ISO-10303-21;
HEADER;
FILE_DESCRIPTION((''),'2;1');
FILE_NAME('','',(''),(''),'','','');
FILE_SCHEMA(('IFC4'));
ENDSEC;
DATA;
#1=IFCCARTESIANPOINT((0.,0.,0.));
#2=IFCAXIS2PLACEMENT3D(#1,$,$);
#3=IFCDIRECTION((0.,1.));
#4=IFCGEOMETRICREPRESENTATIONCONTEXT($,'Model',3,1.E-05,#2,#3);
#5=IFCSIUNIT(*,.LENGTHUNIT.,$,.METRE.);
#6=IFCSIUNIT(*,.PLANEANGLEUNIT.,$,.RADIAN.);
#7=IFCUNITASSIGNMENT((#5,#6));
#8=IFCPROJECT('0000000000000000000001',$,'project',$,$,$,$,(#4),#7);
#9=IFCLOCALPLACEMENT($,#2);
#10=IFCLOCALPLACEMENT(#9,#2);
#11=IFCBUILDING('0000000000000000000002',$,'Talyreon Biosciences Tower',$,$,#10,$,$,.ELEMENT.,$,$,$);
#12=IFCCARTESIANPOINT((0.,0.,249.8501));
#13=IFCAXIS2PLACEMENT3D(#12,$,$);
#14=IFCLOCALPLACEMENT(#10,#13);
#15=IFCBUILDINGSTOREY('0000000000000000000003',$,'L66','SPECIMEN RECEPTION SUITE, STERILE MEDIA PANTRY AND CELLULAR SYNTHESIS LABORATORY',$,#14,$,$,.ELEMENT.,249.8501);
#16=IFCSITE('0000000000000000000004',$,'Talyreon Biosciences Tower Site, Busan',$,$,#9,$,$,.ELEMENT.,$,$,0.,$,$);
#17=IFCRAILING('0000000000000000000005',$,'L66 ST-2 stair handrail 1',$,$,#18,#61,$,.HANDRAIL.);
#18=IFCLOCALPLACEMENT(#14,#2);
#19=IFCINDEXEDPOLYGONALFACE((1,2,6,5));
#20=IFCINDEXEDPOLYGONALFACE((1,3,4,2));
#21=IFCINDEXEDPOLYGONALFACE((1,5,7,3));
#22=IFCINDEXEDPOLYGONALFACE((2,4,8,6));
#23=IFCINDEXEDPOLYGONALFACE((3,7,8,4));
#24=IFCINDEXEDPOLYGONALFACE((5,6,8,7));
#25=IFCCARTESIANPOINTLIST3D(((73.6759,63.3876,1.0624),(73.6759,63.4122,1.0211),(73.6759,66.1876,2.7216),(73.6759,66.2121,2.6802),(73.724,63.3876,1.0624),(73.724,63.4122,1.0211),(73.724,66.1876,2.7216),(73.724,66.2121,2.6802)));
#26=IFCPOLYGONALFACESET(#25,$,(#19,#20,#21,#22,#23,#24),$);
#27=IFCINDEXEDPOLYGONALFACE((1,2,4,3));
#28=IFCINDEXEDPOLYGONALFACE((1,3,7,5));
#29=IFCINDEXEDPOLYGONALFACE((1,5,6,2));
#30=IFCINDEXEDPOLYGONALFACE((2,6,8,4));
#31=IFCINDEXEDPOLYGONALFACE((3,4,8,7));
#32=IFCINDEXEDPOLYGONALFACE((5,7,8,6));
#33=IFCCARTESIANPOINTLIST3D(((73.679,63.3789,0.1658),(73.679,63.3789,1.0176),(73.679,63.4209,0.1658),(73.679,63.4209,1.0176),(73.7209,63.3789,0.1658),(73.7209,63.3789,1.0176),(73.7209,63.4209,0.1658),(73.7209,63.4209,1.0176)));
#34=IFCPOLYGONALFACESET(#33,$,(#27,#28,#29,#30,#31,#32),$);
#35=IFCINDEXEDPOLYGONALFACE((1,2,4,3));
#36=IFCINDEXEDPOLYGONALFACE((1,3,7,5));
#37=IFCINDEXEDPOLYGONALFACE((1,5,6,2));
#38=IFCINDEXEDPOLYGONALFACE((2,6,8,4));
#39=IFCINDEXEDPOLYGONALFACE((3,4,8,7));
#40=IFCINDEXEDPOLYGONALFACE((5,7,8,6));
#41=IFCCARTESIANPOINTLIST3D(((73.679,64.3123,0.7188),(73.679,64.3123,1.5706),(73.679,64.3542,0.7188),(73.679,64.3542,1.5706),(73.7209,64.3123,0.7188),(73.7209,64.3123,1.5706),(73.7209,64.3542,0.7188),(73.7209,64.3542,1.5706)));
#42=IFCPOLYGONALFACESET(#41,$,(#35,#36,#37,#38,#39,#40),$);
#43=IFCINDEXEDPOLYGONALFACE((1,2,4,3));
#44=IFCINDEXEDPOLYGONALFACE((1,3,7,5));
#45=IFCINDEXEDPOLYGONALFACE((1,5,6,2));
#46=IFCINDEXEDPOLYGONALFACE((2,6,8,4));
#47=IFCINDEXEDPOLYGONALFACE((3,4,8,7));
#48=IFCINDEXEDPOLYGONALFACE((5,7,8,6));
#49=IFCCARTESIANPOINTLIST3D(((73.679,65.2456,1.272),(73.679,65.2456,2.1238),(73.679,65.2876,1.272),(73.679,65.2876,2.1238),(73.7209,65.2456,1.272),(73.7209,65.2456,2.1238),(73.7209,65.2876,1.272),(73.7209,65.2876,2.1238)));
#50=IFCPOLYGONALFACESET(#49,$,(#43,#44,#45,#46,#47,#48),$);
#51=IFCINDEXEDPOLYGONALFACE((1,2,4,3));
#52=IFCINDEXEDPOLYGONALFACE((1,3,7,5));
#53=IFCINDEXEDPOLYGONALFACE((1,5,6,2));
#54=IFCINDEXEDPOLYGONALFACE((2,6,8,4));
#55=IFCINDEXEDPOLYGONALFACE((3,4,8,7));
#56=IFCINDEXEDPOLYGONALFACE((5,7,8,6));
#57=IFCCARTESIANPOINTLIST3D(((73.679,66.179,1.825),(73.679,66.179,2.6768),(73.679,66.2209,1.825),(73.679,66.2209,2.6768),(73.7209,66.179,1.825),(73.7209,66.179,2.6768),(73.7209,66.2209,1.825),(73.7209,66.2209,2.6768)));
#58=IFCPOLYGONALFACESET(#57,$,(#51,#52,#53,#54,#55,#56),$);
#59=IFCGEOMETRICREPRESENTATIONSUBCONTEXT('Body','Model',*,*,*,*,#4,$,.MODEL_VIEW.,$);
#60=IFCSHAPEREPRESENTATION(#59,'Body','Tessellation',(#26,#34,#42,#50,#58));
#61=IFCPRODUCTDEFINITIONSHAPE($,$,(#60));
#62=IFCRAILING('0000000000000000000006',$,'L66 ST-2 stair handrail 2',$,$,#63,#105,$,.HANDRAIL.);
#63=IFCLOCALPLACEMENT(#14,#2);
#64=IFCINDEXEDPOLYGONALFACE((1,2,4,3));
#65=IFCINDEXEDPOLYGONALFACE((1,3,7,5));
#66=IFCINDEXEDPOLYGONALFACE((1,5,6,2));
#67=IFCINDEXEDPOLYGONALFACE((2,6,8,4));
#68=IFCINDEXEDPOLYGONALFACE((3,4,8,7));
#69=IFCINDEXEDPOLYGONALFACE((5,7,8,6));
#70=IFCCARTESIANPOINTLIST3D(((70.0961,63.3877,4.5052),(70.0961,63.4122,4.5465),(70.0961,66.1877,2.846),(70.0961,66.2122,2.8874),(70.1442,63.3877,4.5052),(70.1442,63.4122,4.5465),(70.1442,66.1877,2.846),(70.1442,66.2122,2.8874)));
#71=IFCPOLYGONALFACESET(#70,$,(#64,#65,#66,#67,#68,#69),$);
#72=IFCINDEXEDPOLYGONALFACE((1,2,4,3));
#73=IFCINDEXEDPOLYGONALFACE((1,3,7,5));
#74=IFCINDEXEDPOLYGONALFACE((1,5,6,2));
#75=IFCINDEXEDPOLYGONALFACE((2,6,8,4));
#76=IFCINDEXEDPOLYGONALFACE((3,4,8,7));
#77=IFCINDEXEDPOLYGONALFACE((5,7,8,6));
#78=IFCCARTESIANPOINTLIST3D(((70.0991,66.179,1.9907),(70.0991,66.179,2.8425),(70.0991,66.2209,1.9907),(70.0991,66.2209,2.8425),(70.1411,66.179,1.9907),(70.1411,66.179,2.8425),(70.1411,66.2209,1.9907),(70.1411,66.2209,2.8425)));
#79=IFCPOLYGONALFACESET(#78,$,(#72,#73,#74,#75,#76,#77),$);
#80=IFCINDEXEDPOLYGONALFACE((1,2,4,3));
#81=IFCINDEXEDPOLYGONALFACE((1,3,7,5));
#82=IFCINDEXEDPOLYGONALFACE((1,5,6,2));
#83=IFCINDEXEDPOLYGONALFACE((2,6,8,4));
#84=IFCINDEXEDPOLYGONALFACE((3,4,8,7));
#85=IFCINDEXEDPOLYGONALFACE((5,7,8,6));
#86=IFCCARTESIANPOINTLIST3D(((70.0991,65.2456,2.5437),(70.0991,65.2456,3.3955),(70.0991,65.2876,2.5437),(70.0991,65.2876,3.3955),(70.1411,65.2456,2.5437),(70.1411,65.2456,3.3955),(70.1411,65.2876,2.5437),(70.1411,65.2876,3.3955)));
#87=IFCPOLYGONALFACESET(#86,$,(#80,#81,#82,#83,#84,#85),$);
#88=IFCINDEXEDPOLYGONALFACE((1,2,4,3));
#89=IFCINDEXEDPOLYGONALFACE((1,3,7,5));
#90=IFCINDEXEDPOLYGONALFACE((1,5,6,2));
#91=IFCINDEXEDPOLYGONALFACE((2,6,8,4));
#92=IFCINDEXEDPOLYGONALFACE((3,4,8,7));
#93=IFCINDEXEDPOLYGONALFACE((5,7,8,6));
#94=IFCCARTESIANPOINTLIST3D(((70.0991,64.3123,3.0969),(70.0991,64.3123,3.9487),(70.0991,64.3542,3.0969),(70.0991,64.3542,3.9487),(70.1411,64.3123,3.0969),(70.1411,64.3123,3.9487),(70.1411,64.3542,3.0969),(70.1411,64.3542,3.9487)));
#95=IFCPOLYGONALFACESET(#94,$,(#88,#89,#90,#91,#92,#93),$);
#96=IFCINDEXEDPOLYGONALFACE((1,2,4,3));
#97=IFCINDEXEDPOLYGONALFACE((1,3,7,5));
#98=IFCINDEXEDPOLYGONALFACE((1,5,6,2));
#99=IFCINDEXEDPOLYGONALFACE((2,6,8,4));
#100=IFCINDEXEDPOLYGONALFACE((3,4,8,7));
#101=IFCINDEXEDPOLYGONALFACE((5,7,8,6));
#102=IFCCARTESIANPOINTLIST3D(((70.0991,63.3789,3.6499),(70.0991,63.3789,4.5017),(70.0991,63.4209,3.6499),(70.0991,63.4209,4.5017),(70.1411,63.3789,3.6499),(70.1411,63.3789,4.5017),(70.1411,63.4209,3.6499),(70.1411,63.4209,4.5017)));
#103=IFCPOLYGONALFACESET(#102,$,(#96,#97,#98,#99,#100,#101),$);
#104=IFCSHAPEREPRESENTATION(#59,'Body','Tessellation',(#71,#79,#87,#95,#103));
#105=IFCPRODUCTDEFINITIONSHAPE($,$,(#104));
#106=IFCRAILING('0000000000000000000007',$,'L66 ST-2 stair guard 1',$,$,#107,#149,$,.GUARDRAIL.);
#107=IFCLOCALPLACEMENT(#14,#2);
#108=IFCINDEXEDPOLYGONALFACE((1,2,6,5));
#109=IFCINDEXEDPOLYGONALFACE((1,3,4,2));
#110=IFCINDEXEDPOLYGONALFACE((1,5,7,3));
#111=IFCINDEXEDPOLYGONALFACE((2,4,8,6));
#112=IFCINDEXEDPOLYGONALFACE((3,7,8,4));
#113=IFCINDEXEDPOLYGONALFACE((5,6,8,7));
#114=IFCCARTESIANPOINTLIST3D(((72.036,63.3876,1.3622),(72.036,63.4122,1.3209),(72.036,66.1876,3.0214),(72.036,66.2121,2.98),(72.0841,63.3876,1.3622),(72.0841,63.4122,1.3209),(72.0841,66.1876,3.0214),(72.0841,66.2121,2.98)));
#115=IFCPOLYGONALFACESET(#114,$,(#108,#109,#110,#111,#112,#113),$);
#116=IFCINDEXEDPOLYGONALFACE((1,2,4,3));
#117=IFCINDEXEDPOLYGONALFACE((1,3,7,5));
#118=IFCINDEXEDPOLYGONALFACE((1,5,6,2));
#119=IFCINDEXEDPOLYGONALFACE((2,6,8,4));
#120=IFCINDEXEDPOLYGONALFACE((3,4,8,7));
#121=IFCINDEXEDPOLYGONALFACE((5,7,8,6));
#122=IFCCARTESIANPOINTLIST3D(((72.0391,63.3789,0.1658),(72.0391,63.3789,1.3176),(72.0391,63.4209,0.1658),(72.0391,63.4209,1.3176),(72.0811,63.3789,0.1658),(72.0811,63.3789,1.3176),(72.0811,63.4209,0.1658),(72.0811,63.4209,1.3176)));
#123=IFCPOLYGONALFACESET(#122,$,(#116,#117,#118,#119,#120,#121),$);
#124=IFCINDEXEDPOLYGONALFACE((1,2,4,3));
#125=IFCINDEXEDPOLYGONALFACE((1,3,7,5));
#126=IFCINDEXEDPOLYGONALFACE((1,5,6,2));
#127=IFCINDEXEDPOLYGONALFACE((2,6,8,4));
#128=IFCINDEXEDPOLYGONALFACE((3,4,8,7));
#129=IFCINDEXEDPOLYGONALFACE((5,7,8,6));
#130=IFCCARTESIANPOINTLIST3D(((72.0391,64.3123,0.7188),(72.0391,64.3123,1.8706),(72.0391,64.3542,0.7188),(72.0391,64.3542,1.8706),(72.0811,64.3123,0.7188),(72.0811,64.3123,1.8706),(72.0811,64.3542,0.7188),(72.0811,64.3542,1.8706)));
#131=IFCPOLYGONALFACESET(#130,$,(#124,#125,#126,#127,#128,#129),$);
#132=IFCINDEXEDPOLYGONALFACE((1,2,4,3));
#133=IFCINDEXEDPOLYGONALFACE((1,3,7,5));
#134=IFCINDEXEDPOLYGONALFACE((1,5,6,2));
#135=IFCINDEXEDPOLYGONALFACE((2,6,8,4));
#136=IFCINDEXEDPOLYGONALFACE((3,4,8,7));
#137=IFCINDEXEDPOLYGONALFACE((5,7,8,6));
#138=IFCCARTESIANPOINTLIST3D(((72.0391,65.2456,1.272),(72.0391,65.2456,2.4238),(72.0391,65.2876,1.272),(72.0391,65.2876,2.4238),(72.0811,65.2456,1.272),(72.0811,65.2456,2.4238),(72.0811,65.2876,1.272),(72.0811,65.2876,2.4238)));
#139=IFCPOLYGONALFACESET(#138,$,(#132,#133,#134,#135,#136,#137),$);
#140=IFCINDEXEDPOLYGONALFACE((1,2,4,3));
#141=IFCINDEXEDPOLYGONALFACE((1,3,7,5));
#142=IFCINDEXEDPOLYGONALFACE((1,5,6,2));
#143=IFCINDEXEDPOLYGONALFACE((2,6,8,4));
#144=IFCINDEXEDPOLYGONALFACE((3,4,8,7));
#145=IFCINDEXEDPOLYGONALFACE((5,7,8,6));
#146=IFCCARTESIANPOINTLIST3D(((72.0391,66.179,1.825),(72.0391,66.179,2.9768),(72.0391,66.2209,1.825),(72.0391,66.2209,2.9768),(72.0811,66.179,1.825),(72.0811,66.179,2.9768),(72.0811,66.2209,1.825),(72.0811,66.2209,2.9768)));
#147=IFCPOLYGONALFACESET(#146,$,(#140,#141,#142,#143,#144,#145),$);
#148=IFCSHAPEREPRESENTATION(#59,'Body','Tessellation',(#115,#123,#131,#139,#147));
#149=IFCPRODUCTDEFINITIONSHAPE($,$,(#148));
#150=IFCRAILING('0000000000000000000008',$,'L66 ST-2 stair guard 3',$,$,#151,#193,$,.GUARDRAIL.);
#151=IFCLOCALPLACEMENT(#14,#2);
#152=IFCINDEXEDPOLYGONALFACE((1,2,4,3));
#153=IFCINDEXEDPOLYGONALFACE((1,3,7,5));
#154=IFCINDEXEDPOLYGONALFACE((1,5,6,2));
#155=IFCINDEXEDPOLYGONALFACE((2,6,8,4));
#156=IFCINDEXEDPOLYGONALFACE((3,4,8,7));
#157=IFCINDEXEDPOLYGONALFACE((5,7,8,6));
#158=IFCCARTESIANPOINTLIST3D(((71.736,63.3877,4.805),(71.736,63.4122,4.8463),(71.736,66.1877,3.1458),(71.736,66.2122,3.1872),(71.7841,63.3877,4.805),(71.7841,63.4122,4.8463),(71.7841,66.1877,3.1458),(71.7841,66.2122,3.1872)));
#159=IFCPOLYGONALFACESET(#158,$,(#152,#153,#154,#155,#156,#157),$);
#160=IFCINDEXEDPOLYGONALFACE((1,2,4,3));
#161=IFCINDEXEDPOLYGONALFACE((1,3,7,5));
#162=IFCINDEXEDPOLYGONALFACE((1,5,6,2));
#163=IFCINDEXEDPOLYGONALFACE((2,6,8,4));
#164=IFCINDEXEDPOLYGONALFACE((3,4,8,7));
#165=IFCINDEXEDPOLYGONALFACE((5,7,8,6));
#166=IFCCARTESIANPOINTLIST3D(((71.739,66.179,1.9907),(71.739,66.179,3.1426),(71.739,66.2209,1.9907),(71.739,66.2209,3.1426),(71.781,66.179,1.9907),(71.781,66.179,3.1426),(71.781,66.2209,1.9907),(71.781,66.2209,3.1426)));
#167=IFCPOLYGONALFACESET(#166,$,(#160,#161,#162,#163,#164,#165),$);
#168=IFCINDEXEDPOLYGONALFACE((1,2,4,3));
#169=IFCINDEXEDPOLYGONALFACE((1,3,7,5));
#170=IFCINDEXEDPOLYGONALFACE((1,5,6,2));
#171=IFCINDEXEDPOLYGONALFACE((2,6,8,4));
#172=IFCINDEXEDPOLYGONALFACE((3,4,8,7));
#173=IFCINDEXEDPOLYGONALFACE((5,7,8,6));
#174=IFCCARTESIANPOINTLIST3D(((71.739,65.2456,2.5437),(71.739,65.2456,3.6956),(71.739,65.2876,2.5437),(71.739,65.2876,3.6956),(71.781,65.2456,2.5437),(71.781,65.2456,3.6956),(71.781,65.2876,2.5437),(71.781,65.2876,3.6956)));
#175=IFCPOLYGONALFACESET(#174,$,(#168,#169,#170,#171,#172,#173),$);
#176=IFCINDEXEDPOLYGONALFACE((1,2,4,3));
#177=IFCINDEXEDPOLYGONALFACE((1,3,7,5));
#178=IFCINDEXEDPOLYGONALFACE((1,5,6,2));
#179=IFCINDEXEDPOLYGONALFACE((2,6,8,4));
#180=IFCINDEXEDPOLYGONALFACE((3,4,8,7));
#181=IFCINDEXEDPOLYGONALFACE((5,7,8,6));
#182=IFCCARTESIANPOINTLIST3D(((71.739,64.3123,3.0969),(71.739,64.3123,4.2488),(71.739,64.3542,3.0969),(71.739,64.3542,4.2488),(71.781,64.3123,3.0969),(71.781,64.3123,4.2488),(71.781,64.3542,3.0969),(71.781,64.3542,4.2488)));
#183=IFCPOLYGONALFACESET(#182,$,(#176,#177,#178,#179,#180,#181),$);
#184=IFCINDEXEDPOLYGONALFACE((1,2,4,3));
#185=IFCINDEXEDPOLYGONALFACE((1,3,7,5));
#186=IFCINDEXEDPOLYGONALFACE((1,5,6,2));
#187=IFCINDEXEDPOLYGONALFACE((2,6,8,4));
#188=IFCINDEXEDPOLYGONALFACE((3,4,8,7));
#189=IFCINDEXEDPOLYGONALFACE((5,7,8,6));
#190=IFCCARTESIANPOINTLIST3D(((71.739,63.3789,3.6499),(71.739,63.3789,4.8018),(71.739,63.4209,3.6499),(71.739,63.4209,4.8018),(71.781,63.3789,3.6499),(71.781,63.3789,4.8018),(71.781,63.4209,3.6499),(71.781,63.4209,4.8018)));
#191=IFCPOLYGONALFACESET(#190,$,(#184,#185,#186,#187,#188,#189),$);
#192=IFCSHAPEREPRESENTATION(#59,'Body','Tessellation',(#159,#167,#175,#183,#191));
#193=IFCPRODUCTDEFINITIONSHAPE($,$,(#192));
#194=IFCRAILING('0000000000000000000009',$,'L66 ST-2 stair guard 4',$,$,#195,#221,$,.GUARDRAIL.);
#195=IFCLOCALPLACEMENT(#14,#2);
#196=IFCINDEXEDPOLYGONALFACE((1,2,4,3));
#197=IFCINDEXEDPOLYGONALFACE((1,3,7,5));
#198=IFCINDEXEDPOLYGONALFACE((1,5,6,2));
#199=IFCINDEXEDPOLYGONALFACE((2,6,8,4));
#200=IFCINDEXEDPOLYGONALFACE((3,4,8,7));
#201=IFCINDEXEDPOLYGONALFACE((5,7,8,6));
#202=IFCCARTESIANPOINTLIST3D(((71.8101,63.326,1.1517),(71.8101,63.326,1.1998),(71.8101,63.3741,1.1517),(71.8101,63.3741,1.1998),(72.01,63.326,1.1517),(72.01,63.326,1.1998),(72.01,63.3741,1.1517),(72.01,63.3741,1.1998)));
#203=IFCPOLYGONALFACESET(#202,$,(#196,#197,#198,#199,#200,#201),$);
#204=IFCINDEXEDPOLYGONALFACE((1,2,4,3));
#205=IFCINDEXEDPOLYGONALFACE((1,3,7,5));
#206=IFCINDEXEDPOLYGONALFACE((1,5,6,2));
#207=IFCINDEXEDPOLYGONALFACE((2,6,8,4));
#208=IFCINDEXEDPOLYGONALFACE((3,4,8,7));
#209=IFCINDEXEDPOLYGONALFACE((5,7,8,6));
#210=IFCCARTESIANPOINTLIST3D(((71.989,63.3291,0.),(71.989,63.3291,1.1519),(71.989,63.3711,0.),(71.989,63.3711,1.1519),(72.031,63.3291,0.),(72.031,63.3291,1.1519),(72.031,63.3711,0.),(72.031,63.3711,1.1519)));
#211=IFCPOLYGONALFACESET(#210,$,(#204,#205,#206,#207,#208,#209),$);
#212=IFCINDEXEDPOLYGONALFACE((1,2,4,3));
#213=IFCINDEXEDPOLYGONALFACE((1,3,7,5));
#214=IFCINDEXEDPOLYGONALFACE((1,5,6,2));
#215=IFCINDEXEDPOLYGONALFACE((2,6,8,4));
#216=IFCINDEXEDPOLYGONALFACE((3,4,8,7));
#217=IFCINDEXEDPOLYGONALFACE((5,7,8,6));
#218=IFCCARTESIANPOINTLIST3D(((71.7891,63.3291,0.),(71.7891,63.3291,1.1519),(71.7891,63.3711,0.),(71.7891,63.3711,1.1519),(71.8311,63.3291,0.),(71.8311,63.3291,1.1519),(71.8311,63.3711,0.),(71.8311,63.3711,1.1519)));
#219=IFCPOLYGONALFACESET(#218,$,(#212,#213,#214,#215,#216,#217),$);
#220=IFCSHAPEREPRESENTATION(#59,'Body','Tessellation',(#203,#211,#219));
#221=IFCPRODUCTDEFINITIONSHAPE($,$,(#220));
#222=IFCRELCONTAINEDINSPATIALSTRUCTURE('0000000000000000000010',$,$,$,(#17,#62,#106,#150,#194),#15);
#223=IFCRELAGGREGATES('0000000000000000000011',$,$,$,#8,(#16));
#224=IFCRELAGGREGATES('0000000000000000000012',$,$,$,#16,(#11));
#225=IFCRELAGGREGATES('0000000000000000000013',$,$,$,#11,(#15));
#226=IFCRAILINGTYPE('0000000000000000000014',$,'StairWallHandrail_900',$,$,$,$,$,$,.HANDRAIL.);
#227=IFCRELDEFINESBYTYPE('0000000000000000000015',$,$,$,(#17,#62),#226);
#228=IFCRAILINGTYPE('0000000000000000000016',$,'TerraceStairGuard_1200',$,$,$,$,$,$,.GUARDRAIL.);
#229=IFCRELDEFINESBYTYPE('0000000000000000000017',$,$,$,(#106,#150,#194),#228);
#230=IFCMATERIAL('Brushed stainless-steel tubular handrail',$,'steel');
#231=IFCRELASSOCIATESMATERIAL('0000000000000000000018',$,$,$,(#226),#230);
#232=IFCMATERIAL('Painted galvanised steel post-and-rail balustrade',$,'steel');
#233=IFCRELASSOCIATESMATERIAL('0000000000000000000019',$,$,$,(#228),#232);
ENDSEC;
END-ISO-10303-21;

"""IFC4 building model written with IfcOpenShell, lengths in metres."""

from ifc_helpers import new_model, si_unit, direction, frame, origin, origin_2d, place, context, subcontext, project, spatial, rectangle, extrude, material, type_object, element, save


model = new_model("IFC4")

# Units and contexts
model_context = context("Model", 3, precision=1e-05, world=origin(), true_north=direction((0.0, 1.0)))
body_context = subcontext(model_context, "Body", "Model", "MODEL_VIEW")
ifc_project = project(units=[si_unit("LENGTHUNIT", "METRE"), si_unit("PLANEANGLEUNIT", "RADIAN")], contexts=[model_context])

# Site, building, storey
site_placement = place(None, origin())
site = spatial("IfcSite", under=ifc_project, at=site_placement, Name="Talyreon Biosciences Tower Site, Busan", CompositionType="ELEMENT", RefElevation=0.0)
building_placement = place(site_placement, origin())
building = spatial("IfcBuilding", under=site, at=building_placement, Name="Talyreon Biosciences Tower", CompositionType="ELEMENT")
storey_placement = place(building_placement, frame((0.0, 0.0, 249.8501)))
storey = spatial("IfcBuildingStorey", under=building, at=storey_placement, Name="L66", Description="SPECIMEN RECEPTION SUITE, STERILE MEDIA PANTRY AND CELLULAR SYNTHESIS LABORATORY", CompositionType="ELEMENT", Elevation=249.8501)

# Railings
ifc_material_1 = material(Name="Brushed stainless-steel tubular handrail", Category="steel")
railing_type_1 = type_object("IfcRailingType", Name="StairWallHandrail_900", PredefinedType="HANDRAIL", material=ifc_material_1)
railing_1_placement = place(storey_placement, frame((73.7, 63.3999, 0.1658)))
element("IfcRailing", 1, at=railing_1_placement, inside=storey, type_object=railing_type_1, Name="L66 ST-2 stair handrail 1", PredefinedType="HANDRAIL", context=body_context, shape_type="SweptSolid", body=[
    extrude(rectangle(XDim=0.0481, YDim=0.0481, at=origin_2d()), frame((0.0, 0.0, 0.876), z_axis=(0.0, 0.860306, 0.509778), x_axis=(-1.0, 0.0, 0.0)), (0.0, 0.0, 1.0), 3.2546),
    extrude(rectangle(XDim=0.042, YDim=0.042, at=origin_2d()), origin(), (0.0, 0.0, 1.0), 0.8518),
    extrude(rectangle(XDim=0.042, YDim=0.042, at=origin_2d()), frame((0.0, 0.9333, 0.553)), (0.0, 0.0, 1.0), 0.8518),
    extrude(rectangle(XDim=0.042, YDim=0.042, at=origin_2d()), frame((0.0, 1.8667, 1.1062)), (0.0, 0.0, 1.0), 0.8518),
    extrude(rectangle(XDim=0.042, YDim=0.042, at=origin_2d()), frame((0.0, 2.8, 1.6592)), (0.0, 0.0, 1.0), 0.8518),
])
railing_2_placement = place(storey_placement, frame((70.1201, 66.2, 1.9907)))
element("IfcRailing", 2, at=railing_2_placement, inside=storey, type_object=railing_type_1, Name="L66 ST-2 stair handrail 2", PredefinedType="HANDRAIL", context=body_context, shape_type="SweptSolid", body=[
    extrude(rectangle(XDim=0.0481, YDim=0.0481, at=origin_2d()), frame((0.0, 0.0, 0.876), z_axis=(0.0, -0.860306, 0.509778), x_axis=(1.0, 0.0, 0.0)), (0.0, 0.0, 1.0), 3.2546),
    extrude(rectangle(XDim=0.042, YDim=0.042, at=origin_2d()), origin(), (0.0, 0.0, 1.0), 0.8518),
    extrude(rectangle(XDim=0.042, YDim=0.042, at=origin_2d()), frame((0.0, -0.9333, 0.553)), (0.0, 0.0, 1.0), 0.8518),
    extrude(rectangle(XDim=0.042, YDim=0.042, at=origin_2d()), frame((0.0, -1.8667, 1.1062)), (0.0, 0.0, 1.0), 0.8518),
    extrude(rectangle(XDim=0.042, YDim=0.042, at=origin_2d()), frame((0.0, -2.8, 1.6592)), (0.0, 0.0, 1.0), 0.8518),
])
ifc_material_2 = material(Name="Painted galvanised steel post-and-rail balustrade", Category="steel")
railing_type_2 = type_object("IfcRailingType", Name="TerraceStairGuard_1200", PredefinedType="GUARDRAIL", material=ifc_material_2)
railing_3_placement = place(storey_placement, frame((72.0601, 63.3999, 0.1658)))
element("IfcRailing", 3, at=railing_3_placement, inside=storey, type_object=railing_type_2, Name="L66 ST-2 stair guard 1", PredefinedType="GUARDRAIL", context=body_context, shape_type="SweptSolid", body=[
    extrude(rectangle(XDim=0.0481, YDim=0.0481, at=origin_2d()), frame((0.0, 0.0, 1.1758), z_axis=(0.0, 0.860306, 0.509778), x_axis=(-1.0, 0.0, 0.0)), (0.0, 0.0, 1.0), 3.2546),
    extrude(rectangle(XDim=0.042, YDim=0.042, at=origin_2d()), origin(), (0.0, 0.0, 1.0), 1.1519),
    extrude(rectangle(XDim=0.042, YDim=0.042, at=origin_2d()), frame((0.0, 0.9333, 0.553)), (0.0, 0.0, 1.0), 1.1519),
    extrude(rectangle(XDim=0.042, YDim=0.042, at=origin_2d()), frame((0.0, 1.8667, 1.1062)), (0.0, 0.0, 1.0), 1.1519),
    extrude(rectangle(XDim=0.042, YDim=0.042, at=origin_2d()), frame((0.0, 2.8, 1.6592)), (0.0, 0.0, 1.0), 1.1519),
])
railing_4_placement = place(storey_placement, frame((71.76, 66.2, 1.9907)))
element("IfcRailing", 4, at=railing_4_placement, inside=storey, type_object=railing_type_2, Name="L66 ST-2 stair guard 3", PredefinedType="GUARDRAIL", context=body_context, shape_type="SweptSolid", body=[
    extrude(rectangle(XDim=0.0481, YDim=0.0481, at=origin_2d()), frame((0.0, 0.0, 1.1758), z_axis=(0.0, -0.860306, 0.509778), x_axis=(1.0, 0.0, 0.0)), (0.0, 0.0, 1.0), 3.2546),
    extrude(rectangle(XDim=0.042, YDim=0.042, at=origin_2d()), origin(), (0.0, 0.0, 1.0), 1.1519),
    extrude(rectangle(XDim=0.042, YDim=0.042, at=origin_2d()), frame((0.0, -0.9333, 0.553)), (0.0, 0.0, 1.0), 1.1519),
    extrude(rectangle(XDim=0.042, YDim=0.042, at=origin_2d()), frame((0.0, -1.8667, 1.1062)), (0.0, 0.0, 1.0), 1.1519),
    extrude(rectangle(XDim=0.042, YDim=0.042, at=origin_2d()), frame((0.0, -2.8, 1.6592)), (0.0, 0.0, 1.0), 1.1519),
])
railing_5_placement = place(storey_placement, frame((72.01, 63.3501, 0.0)))
element("IfcRailing", 5, at=railing_5_placement, inside=storey, type_object=railing_type_2, Name="L66 ST-2 stair guard 4", PredefinedType="GUARDRAIL", context=body_context, shape_type="SweptSolid", body=[
    extrude(rectangle(XDim=0.0481, YDim=0.0481, at=origin_2d()), frame((0.0, 0.0, 1.1758), z_axis=(-1.0, 0.0, 0.0), x_axis=(0.0, -1.0, 0.0)), (0.0, 0.0, 1.0), 0.2),
    extrude(rectangle(XDim=0.042, YDim=0.042, at=origin_2d()), origin(), (0.0, 0.0, 1.0), 1.1519),
    extrude(rectangle(XDim=0.042, YDim=0.042, at=origin_2d()), frame((-0.2, 0.0, 0.0)), (0.0, 0.0, 1.0), 1.1519),
])

save(model, "model.ifc")
